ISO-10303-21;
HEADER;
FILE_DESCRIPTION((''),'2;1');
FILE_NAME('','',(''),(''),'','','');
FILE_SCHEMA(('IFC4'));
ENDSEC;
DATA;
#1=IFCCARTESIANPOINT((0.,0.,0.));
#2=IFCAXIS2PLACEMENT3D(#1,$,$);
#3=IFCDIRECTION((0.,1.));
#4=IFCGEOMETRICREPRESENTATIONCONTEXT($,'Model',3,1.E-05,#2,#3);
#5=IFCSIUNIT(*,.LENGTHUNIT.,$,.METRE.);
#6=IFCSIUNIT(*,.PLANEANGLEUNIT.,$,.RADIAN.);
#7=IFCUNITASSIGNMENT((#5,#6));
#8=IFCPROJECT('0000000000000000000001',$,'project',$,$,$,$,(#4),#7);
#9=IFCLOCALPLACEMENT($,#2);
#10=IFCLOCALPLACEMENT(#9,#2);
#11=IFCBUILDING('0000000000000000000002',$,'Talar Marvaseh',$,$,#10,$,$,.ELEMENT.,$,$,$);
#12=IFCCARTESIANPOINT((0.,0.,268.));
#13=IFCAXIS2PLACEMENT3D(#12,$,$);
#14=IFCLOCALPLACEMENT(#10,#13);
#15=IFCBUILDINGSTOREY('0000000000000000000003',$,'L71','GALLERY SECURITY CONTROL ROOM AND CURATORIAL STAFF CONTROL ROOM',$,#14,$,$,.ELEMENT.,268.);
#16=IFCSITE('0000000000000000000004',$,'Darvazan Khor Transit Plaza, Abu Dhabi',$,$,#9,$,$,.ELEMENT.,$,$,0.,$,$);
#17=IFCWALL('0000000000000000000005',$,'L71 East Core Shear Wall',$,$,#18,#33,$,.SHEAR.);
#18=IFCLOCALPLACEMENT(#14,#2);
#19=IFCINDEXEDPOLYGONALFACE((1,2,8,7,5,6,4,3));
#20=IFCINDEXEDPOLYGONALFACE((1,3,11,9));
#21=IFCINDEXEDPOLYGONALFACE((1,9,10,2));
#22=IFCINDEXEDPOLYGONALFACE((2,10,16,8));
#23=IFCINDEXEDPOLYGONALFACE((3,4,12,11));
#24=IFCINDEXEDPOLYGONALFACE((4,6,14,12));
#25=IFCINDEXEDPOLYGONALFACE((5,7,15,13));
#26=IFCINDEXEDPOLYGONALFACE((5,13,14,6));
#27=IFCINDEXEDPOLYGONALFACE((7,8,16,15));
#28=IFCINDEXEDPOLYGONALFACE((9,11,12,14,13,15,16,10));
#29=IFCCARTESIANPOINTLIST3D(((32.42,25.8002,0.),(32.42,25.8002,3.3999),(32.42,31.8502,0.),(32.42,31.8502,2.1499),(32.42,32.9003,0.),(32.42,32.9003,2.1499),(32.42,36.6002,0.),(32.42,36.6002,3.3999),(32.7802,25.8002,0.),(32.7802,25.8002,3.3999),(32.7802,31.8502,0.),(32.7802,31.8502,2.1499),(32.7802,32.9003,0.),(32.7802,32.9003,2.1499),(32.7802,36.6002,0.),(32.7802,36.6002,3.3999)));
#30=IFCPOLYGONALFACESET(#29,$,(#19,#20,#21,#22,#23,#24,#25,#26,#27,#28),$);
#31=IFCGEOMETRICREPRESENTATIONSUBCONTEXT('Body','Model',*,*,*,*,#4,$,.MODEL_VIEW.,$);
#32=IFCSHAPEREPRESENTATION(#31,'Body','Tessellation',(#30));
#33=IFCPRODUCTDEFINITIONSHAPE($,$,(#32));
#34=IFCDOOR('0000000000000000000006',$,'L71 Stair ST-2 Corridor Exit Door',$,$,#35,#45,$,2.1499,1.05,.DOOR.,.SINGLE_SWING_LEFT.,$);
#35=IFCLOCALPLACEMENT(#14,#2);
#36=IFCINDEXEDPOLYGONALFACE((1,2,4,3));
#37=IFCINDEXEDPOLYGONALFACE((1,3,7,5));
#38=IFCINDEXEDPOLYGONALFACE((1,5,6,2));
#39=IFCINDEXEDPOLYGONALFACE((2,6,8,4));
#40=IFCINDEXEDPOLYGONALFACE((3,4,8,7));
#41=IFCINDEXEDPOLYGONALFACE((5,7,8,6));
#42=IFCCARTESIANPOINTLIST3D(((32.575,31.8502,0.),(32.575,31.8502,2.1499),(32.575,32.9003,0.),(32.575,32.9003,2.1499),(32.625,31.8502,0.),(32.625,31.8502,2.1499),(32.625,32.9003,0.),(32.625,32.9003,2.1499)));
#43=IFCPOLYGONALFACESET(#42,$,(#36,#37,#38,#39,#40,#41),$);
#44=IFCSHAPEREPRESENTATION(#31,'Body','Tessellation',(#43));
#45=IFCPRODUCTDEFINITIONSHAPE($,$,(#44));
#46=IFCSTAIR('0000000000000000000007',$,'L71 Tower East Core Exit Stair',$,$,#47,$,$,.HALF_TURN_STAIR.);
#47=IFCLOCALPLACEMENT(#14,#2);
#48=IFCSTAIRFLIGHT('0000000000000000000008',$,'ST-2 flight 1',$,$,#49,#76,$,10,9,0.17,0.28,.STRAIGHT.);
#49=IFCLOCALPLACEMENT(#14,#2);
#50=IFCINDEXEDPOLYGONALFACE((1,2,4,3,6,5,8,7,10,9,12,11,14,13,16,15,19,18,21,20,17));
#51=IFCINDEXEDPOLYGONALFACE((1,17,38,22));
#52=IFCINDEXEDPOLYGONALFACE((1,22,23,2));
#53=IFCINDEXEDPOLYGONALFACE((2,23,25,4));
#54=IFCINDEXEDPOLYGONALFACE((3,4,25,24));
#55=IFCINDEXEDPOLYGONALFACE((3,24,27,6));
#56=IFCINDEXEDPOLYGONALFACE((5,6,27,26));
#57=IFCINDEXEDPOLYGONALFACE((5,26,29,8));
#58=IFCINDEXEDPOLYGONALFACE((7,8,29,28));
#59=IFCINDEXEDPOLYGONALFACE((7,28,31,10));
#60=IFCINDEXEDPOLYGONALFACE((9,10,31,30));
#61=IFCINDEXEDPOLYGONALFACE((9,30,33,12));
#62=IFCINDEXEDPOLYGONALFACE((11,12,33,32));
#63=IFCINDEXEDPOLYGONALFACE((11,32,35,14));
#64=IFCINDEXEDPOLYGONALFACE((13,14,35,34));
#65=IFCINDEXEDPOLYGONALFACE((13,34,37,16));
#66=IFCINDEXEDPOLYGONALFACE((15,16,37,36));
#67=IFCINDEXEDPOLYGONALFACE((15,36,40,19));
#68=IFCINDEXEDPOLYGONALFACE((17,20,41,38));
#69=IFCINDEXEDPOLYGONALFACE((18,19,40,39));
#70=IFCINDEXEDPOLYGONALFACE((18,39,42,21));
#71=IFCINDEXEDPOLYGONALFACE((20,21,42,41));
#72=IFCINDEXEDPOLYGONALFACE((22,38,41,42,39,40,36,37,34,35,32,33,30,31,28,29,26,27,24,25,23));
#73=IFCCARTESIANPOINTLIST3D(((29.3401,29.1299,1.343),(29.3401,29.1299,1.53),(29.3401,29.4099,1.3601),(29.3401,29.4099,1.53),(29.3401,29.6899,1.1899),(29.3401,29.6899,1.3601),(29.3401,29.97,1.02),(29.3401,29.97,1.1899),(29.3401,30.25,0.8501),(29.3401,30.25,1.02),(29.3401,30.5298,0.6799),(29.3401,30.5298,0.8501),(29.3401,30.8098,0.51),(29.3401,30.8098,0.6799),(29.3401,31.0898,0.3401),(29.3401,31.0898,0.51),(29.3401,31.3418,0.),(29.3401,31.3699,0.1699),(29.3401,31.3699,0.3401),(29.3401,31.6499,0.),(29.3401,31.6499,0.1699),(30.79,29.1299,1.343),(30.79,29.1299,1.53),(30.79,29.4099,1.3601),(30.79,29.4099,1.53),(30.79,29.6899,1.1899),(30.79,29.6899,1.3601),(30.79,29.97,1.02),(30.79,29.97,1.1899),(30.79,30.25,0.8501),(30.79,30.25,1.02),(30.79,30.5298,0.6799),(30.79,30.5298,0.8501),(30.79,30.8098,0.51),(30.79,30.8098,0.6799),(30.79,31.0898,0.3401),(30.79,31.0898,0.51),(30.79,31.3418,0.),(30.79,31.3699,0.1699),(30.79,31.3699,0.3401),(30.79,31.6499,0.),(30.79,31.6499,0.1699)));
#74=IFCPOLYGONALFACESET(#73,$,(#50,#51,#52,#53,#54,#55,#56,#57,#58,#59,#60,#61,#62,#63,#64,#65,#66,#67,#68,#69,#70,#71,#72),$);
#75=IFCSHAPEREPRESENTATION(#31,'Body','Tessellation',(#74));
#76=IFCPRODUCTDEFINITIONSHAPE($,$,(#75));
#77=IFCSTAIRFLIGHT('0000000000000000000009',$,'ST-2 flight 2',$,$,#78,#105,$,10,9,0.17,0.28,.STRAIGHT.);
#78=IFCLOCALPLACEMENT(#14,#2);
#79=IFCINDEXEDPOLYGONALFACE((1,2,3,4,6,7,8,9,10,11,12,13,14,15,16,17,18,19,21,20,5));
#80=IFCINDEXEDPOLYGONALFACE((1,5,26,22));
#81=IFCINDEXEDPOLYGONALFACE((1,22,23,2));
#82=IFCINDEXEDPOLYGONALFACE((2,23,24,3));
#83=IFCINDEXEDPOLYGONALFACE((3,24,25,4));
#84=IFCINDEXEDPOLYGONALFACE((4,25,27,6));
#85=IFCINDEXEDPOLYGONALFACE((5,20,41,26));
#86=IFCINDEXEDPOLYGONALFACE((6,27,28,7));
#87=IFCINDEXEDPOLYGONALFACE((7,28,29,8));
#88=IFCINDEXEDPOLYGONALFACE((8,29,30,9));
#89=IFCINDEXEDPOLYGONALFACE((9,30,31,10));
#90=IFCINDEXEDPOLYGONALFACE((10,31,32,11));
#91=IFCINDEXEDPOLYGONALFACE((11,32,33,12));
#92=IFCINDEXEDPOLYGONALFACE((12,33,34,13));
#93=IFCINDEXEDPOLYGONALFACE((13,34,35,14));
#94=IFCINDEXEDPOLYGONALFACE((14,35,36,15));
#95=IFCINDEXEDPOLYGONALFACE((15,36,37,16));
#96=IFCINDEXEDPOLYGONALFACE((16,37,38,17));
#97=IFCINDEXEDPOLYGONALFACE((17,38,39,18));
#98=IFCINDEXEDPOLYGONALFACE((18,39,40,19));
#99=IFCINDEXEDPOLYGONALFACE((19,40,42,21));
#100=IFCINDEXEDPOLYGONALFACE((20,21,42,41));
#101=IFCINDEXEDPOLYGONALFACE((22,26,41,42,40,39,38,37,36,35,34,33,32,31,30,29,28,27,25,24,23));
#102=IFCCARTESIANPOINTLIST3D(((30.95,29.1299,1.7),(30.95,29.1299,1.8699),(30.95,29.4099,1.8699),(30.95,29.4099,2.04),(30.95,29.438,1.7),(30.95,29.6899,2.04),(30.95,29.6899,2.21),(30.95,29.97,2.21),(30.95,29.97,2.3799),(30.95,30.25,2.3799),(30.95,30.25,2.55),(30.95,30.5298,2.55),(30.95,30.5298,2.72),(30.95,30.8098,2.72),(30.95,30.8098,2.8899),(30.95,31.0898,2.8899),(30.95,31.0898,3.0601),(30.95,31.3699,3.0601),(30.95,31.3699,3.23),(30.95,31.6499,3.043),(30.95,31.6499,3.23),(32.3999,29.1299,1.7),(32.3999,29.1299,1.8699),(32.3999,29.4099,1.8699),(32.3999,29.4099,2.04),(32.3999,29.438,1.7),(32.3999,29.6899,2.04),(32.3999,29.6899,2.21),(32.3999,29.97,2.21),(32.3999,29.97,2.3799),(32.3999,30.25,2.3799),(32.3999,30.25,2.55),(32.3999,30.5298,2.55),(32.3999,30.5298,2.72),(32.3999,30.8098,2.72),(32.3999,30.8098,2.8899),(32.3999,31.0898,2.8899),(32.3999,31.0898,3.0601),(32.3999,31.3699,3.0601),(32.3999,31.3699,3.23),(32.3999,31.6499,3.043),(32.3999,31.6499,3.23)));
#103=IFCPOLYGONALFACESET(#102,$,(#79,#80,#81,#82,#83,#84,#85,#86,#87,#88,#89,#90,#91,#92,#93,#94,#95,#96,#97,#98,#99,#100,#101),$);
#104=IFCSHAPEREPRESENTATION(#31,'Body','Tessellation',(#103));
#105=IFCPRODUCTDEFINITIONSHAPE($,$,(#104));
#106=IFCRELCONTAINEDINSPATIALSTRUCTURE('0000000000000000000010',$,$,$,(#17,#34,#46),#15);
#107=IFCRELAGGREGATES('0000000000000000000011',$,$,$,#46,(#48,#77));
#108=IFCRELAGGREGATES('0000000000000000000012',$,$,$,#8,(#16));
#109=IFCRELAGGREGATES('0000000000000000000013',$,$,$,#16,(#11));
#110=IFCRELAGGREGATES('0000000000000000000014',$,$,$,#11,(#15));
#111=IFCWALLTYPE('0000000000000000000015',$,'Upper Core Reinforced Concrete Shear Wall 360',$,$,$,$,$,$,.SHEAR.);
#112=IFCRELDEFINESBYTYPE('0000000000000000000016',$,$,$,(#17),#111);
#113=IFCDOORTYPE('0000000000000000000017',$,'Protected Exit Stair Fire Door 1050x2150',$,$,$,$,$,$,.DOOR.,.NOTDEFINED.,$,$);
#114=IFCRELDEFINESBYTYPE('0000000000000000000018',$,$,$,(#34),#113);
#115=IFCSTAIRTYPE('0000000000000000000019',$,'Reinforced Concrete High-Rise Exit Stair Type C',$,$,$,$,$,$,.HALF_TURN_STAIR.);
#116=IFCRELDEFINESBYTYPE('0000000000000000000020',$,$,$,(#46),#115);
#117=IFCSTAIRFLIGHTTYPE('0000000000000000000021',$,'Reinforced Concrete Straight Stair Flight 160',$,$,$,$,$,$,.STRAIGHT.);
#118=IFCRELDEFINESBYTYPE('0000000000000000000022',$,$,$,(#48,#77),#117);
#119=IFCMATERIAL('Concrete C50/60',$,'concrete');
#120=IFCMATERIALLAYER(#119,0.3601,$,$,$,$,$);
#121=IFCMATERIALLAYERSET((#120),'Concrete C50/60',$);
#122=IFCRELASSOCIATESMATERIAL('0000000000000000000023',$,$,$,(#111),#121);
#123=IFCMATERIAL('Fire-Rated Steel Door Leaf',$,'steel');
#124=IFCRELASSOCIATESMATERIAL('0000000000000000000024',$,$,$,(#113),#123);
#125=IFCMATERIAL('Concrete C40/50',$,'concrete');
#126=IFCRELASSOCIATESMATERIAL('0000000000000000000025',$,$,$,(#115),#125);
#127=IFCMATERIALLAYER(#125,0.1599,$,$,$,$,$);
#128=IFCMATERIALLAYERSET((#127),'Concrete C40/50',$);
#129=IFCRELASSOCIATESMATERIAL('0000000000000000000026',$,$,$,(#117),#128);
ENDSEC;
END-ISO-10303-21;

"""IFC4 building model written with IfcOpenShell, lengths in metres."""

from ifc_helpers import new_model, si_unit, direction, frame, frame_2d, origin, place, context, subcontext, project, spatial, polyline, rectangle, outline, extrude, source, transform, mapped, material, layer, layer_set, type_object, type_shapes, element, fill, aggregate, save


model = new_model("IFC4")

# Units and contexts
model_context = context("Model", 3, precision=1e-05, world=origin(), true_north=direction((0.0, 1.0)))
body_context = subcontext(model_context, "Body", "Model", "MODEL_VIEW")
ifc_project = project(units=[si_unit("LENGTHUNIT", "METRE"), si_unit("PLANEANGLEUNIT", "RADIAN")], contexts=[model_context])

# Site, building, storey
site_placement = place(None, origin())
site = spatial("IfcSite", under=ifc_project, at=site_placement, Name="Darvazan Khor Transit Plaza, Abu Dhabi", CompositionType="ELEMENT", RefElevation=0.0)
building_placement = place(site_placement, origin())
building = spatial("IfcBuilding", under=site, at=building_placement, Name="Talar Marvaseh", CompositionType="ELEMENT")
storey_placement = place(building_placement, frame((0.0, 0.0, 268.0)))
storey = spatial("IfcBuildingStorey", under=building, at=storey_placement, Name="L71", Description="GALLERY SECURITY CONTROL ROOM AND CURATORIAL STAFF CONTROL ROOM", CompositionType="ELEMENT", Elevation=268.0)

# Shared definitions
ifc_material_1 = material(Name="Concrete C40/50", Category="concrete")

# Shared definitions
ifc_material_2 = material(Name="Fire-Rated Steel Door Leaf", Category="steel")

# Shared definitions
ifc_material_3 = material(Name="Concrete C50/60", Category="concrete")

# Wall, opening, door
ifc_layer_1 = layer(ifc_material_3, 0.3601)
ifc_layer_set_1 = layer_set([ifc_layer_1], Name="Concrete C50/60")
wall_type_1 = type_object("IfcWallType", Name="Upper Core Reinforced Concrete Shear Wall 360", PredefinedType="SHEAR", material=ifc_layer_set_1)
wall_1_placement = place(storey_placement, frame((32.6001, 36.6001, 0.0), z_axis=(0.0, 0.0, 1.0), x_axis=(0.0, -1.0, 0.0)))
wall_1 = element("IfcWall", 1, at=wall_1_placement, inside=storey, type_object=wall_type_1, Name="L71 East Core Shear Wall", PredefinedType="SHEAR", context=body_context, shape_type="SweptSolid", body=[
    extrude(rectangle(XDim=10.8, YDim=0.3601, at=frame_2d((5.3999, 0.0))), origin(), (0.0, 0.0, 1.0), 3.3999),
])
opening_1_placement = place(wall_1_placement, frame((3.7, 0.0, 0.0)))
opening_1 = element("IfcOpeningElement", 2, at=opening_1_placement, cuts=wall_1, PredefinedType="OPENING", context=body_context, shape_type="SweptSolid", body=[
    extrude(rectangle(XDim=1.05, YDim=2.1499, at=frame_2d((0.5249, 1.075))), frame((0.0, 0.1899, 0.0), z_axis=(0.0, -1.0, 0.0), x_axis=(1.0, 0.0, 0.0)), (0.0, 0.0, 1.0), 0.3801),
])
door_type_1 = type_object("IfcDoorType", Name="Protected Exit Stair Fire Door 1050x2150", OperationType="NOTDEFINED", PredefinedType="DOOR", material=ifc_material_2)
shared_shape_1 = source(origin(), body_context, "Body", "SweptSolid", [
    extrude(rectangle(XDim=1.05, YDim=2.1499, at=frame_2d((0.5249, 1.075))), frame((0.0, 0.0249, 0.0), z_axis=(0.0, -1.0, 0.0), x_axis=(1.0, 0.0, 0.0)), (0.0, 0.0, 1.0), 0.05),
])
type_shapes(door_type_1, [shared_shape_1])
door_1_placement = place(opening_1_placement, origin())
door_1 = element("IfcDoor", 3, at=door_1_placement, inside=storey, type_object=door_type_1, Name="L71 Stair ST-2 Corridor Exit Door", OperationType="SINGLE_SWING_LEFT", OverallHeight=2.1499, OverallWidth=1.05, PredefinedType="DOOR", context=body_context, shape_type="MappedRepresentation", body=[
    mapped(shared_shape_1, transform((0.0, 0.0, 0.0), x_axis=(1.0, 0.0, 0.0), y_axis=(0.0, 1.0, 0.0), z_axis=(0.0, 0.0, 1.0), scale=1.0)),
])
fill(opening_1, door_1)

# Stair, stair flights
stair_type = type_object("IfcStairType", Name="Reinforced Concrete High-Rise Exit Stair Type C", PredefinedType="HALF_TURN_STAIR", material=ifc_material_1)
stair_placement = place(storey_placement, origin())
stair = element("IfcStair", 4, at=stair_placement, inside=storey, type_object=stair_type, Name="L71 Tower East Core Exit Stair", PredefinedType="HALF_TURN_STAIR")
ifc_layer_2 = layer(ifc_material_1, 0.1599)
ifc_layer_set_2 = layer_set([ifc_layer_2], Name="Concrete C40/50")
stair_flight_type = type_object("IfcStairFlightType", Name="Reinforced Concrete Straight Stair Flight 160", PredefinedType="STRAIGHT", material=ifc_layer_set_2)
stair_flight_1_placement = place(storey_placement, frame((30.0649, 31.6499, 0.0), z_axis=(0.0, 0.0, 1.0), x_axis=(0.0, -1.0, 0.0)))
stair_flight_1 = element("IfcStairFlight", 5, at=stair_flight_1_placement, type_object=stair_flight_type, Name="ST-2 flight 1", NumberOfRisers=10, NumberOfTreads=9, PredefinedType="STRAIGHT", RiserHeight=0.17, TreadLength=0.28, context=body_context, shape_type="SweptSolid", body=[
    extrude(outline(polyline([(0.0, 0.0), (0.0, 0.1699), (0.28, 0.1699), (0.28, 0.3401), (0.5601, 0.3401), (0.5601, 0.51), (0.8401, 0.51), (0.8401, 0.6799), (1.1201, 0.6799), (1.1201, 0.8501), (1.3999, 0.8501), (1.3999, 1.02), (1.6799, 1.02), (1.6799, 1.1899), (1.96, 1.1899), (1.96, 1.3601), (2.24, 1.3601), (2.24, 1.53), (2.52, 1.53), (2.52, 1.7), (2.52, 1.343), (0.3081, 0.0), (0.0, 0.0)])), frame((0.0, 0.7251, 0.0), z_axis=(0.0, -1.0, 0.0), x_axis=(1.0, 0.0, 0.0)), (0.0, 0.0, 1.0), 1.45),
])
stair_flight_2_placement = place(storey_placement, frame((31.675, 29.1299, 1.7), z_axis=(0.0, 0.0, 1.0), x_axis=(0.0, 1.0, 0.0)))
stair_flight_2 = element("IfcStairFlight", 6, at=stair_flight_2_placement, type_object=stair_flight_type, Name="ST-2 flight 2", NumberOfRisers=10, NumberOfTreads=9, PredefinedType="STRAIGHT", RiserHeight=0.17, TreadLength=0.28, context=body_context, shape_type="SweptSolid", body=[
    extrude(outline(polyline([(0.0, 0.0), (0.0, 0.1699), (0.28, 0.1699), (0.28, 0.3401), (0.5601, 0.3401), (0.5601, 0.51), (0.8401, 0.51), (0.8401, 0.6799), (1.1201, 0.6799), (1.1201, 0.8501), (1.3999, 0.8501), (1.3999, 1.02), (1.6799, 1.02), (1.6799, 1.1899), (1.96, 1.1899), (1.96, 1.3601), (2.24, 1.3601), (2.24, 1.53), (2.52, 1.53), (2.52, 1.7), (2.52, 1.343), (0.3081, 0.0), (0.0, 0.0)])), frame((0.0, 0.7251, 0.0), z_axis=(0.0, -1.0, 0.0), x_axis=(1.0, 0.0, 0.0)), (0.0, 0.0, 1.0), 1.45),
])
aggregate(stair, [stair_flight_1, stair_flight_2])

save(model, "model.ifc")
